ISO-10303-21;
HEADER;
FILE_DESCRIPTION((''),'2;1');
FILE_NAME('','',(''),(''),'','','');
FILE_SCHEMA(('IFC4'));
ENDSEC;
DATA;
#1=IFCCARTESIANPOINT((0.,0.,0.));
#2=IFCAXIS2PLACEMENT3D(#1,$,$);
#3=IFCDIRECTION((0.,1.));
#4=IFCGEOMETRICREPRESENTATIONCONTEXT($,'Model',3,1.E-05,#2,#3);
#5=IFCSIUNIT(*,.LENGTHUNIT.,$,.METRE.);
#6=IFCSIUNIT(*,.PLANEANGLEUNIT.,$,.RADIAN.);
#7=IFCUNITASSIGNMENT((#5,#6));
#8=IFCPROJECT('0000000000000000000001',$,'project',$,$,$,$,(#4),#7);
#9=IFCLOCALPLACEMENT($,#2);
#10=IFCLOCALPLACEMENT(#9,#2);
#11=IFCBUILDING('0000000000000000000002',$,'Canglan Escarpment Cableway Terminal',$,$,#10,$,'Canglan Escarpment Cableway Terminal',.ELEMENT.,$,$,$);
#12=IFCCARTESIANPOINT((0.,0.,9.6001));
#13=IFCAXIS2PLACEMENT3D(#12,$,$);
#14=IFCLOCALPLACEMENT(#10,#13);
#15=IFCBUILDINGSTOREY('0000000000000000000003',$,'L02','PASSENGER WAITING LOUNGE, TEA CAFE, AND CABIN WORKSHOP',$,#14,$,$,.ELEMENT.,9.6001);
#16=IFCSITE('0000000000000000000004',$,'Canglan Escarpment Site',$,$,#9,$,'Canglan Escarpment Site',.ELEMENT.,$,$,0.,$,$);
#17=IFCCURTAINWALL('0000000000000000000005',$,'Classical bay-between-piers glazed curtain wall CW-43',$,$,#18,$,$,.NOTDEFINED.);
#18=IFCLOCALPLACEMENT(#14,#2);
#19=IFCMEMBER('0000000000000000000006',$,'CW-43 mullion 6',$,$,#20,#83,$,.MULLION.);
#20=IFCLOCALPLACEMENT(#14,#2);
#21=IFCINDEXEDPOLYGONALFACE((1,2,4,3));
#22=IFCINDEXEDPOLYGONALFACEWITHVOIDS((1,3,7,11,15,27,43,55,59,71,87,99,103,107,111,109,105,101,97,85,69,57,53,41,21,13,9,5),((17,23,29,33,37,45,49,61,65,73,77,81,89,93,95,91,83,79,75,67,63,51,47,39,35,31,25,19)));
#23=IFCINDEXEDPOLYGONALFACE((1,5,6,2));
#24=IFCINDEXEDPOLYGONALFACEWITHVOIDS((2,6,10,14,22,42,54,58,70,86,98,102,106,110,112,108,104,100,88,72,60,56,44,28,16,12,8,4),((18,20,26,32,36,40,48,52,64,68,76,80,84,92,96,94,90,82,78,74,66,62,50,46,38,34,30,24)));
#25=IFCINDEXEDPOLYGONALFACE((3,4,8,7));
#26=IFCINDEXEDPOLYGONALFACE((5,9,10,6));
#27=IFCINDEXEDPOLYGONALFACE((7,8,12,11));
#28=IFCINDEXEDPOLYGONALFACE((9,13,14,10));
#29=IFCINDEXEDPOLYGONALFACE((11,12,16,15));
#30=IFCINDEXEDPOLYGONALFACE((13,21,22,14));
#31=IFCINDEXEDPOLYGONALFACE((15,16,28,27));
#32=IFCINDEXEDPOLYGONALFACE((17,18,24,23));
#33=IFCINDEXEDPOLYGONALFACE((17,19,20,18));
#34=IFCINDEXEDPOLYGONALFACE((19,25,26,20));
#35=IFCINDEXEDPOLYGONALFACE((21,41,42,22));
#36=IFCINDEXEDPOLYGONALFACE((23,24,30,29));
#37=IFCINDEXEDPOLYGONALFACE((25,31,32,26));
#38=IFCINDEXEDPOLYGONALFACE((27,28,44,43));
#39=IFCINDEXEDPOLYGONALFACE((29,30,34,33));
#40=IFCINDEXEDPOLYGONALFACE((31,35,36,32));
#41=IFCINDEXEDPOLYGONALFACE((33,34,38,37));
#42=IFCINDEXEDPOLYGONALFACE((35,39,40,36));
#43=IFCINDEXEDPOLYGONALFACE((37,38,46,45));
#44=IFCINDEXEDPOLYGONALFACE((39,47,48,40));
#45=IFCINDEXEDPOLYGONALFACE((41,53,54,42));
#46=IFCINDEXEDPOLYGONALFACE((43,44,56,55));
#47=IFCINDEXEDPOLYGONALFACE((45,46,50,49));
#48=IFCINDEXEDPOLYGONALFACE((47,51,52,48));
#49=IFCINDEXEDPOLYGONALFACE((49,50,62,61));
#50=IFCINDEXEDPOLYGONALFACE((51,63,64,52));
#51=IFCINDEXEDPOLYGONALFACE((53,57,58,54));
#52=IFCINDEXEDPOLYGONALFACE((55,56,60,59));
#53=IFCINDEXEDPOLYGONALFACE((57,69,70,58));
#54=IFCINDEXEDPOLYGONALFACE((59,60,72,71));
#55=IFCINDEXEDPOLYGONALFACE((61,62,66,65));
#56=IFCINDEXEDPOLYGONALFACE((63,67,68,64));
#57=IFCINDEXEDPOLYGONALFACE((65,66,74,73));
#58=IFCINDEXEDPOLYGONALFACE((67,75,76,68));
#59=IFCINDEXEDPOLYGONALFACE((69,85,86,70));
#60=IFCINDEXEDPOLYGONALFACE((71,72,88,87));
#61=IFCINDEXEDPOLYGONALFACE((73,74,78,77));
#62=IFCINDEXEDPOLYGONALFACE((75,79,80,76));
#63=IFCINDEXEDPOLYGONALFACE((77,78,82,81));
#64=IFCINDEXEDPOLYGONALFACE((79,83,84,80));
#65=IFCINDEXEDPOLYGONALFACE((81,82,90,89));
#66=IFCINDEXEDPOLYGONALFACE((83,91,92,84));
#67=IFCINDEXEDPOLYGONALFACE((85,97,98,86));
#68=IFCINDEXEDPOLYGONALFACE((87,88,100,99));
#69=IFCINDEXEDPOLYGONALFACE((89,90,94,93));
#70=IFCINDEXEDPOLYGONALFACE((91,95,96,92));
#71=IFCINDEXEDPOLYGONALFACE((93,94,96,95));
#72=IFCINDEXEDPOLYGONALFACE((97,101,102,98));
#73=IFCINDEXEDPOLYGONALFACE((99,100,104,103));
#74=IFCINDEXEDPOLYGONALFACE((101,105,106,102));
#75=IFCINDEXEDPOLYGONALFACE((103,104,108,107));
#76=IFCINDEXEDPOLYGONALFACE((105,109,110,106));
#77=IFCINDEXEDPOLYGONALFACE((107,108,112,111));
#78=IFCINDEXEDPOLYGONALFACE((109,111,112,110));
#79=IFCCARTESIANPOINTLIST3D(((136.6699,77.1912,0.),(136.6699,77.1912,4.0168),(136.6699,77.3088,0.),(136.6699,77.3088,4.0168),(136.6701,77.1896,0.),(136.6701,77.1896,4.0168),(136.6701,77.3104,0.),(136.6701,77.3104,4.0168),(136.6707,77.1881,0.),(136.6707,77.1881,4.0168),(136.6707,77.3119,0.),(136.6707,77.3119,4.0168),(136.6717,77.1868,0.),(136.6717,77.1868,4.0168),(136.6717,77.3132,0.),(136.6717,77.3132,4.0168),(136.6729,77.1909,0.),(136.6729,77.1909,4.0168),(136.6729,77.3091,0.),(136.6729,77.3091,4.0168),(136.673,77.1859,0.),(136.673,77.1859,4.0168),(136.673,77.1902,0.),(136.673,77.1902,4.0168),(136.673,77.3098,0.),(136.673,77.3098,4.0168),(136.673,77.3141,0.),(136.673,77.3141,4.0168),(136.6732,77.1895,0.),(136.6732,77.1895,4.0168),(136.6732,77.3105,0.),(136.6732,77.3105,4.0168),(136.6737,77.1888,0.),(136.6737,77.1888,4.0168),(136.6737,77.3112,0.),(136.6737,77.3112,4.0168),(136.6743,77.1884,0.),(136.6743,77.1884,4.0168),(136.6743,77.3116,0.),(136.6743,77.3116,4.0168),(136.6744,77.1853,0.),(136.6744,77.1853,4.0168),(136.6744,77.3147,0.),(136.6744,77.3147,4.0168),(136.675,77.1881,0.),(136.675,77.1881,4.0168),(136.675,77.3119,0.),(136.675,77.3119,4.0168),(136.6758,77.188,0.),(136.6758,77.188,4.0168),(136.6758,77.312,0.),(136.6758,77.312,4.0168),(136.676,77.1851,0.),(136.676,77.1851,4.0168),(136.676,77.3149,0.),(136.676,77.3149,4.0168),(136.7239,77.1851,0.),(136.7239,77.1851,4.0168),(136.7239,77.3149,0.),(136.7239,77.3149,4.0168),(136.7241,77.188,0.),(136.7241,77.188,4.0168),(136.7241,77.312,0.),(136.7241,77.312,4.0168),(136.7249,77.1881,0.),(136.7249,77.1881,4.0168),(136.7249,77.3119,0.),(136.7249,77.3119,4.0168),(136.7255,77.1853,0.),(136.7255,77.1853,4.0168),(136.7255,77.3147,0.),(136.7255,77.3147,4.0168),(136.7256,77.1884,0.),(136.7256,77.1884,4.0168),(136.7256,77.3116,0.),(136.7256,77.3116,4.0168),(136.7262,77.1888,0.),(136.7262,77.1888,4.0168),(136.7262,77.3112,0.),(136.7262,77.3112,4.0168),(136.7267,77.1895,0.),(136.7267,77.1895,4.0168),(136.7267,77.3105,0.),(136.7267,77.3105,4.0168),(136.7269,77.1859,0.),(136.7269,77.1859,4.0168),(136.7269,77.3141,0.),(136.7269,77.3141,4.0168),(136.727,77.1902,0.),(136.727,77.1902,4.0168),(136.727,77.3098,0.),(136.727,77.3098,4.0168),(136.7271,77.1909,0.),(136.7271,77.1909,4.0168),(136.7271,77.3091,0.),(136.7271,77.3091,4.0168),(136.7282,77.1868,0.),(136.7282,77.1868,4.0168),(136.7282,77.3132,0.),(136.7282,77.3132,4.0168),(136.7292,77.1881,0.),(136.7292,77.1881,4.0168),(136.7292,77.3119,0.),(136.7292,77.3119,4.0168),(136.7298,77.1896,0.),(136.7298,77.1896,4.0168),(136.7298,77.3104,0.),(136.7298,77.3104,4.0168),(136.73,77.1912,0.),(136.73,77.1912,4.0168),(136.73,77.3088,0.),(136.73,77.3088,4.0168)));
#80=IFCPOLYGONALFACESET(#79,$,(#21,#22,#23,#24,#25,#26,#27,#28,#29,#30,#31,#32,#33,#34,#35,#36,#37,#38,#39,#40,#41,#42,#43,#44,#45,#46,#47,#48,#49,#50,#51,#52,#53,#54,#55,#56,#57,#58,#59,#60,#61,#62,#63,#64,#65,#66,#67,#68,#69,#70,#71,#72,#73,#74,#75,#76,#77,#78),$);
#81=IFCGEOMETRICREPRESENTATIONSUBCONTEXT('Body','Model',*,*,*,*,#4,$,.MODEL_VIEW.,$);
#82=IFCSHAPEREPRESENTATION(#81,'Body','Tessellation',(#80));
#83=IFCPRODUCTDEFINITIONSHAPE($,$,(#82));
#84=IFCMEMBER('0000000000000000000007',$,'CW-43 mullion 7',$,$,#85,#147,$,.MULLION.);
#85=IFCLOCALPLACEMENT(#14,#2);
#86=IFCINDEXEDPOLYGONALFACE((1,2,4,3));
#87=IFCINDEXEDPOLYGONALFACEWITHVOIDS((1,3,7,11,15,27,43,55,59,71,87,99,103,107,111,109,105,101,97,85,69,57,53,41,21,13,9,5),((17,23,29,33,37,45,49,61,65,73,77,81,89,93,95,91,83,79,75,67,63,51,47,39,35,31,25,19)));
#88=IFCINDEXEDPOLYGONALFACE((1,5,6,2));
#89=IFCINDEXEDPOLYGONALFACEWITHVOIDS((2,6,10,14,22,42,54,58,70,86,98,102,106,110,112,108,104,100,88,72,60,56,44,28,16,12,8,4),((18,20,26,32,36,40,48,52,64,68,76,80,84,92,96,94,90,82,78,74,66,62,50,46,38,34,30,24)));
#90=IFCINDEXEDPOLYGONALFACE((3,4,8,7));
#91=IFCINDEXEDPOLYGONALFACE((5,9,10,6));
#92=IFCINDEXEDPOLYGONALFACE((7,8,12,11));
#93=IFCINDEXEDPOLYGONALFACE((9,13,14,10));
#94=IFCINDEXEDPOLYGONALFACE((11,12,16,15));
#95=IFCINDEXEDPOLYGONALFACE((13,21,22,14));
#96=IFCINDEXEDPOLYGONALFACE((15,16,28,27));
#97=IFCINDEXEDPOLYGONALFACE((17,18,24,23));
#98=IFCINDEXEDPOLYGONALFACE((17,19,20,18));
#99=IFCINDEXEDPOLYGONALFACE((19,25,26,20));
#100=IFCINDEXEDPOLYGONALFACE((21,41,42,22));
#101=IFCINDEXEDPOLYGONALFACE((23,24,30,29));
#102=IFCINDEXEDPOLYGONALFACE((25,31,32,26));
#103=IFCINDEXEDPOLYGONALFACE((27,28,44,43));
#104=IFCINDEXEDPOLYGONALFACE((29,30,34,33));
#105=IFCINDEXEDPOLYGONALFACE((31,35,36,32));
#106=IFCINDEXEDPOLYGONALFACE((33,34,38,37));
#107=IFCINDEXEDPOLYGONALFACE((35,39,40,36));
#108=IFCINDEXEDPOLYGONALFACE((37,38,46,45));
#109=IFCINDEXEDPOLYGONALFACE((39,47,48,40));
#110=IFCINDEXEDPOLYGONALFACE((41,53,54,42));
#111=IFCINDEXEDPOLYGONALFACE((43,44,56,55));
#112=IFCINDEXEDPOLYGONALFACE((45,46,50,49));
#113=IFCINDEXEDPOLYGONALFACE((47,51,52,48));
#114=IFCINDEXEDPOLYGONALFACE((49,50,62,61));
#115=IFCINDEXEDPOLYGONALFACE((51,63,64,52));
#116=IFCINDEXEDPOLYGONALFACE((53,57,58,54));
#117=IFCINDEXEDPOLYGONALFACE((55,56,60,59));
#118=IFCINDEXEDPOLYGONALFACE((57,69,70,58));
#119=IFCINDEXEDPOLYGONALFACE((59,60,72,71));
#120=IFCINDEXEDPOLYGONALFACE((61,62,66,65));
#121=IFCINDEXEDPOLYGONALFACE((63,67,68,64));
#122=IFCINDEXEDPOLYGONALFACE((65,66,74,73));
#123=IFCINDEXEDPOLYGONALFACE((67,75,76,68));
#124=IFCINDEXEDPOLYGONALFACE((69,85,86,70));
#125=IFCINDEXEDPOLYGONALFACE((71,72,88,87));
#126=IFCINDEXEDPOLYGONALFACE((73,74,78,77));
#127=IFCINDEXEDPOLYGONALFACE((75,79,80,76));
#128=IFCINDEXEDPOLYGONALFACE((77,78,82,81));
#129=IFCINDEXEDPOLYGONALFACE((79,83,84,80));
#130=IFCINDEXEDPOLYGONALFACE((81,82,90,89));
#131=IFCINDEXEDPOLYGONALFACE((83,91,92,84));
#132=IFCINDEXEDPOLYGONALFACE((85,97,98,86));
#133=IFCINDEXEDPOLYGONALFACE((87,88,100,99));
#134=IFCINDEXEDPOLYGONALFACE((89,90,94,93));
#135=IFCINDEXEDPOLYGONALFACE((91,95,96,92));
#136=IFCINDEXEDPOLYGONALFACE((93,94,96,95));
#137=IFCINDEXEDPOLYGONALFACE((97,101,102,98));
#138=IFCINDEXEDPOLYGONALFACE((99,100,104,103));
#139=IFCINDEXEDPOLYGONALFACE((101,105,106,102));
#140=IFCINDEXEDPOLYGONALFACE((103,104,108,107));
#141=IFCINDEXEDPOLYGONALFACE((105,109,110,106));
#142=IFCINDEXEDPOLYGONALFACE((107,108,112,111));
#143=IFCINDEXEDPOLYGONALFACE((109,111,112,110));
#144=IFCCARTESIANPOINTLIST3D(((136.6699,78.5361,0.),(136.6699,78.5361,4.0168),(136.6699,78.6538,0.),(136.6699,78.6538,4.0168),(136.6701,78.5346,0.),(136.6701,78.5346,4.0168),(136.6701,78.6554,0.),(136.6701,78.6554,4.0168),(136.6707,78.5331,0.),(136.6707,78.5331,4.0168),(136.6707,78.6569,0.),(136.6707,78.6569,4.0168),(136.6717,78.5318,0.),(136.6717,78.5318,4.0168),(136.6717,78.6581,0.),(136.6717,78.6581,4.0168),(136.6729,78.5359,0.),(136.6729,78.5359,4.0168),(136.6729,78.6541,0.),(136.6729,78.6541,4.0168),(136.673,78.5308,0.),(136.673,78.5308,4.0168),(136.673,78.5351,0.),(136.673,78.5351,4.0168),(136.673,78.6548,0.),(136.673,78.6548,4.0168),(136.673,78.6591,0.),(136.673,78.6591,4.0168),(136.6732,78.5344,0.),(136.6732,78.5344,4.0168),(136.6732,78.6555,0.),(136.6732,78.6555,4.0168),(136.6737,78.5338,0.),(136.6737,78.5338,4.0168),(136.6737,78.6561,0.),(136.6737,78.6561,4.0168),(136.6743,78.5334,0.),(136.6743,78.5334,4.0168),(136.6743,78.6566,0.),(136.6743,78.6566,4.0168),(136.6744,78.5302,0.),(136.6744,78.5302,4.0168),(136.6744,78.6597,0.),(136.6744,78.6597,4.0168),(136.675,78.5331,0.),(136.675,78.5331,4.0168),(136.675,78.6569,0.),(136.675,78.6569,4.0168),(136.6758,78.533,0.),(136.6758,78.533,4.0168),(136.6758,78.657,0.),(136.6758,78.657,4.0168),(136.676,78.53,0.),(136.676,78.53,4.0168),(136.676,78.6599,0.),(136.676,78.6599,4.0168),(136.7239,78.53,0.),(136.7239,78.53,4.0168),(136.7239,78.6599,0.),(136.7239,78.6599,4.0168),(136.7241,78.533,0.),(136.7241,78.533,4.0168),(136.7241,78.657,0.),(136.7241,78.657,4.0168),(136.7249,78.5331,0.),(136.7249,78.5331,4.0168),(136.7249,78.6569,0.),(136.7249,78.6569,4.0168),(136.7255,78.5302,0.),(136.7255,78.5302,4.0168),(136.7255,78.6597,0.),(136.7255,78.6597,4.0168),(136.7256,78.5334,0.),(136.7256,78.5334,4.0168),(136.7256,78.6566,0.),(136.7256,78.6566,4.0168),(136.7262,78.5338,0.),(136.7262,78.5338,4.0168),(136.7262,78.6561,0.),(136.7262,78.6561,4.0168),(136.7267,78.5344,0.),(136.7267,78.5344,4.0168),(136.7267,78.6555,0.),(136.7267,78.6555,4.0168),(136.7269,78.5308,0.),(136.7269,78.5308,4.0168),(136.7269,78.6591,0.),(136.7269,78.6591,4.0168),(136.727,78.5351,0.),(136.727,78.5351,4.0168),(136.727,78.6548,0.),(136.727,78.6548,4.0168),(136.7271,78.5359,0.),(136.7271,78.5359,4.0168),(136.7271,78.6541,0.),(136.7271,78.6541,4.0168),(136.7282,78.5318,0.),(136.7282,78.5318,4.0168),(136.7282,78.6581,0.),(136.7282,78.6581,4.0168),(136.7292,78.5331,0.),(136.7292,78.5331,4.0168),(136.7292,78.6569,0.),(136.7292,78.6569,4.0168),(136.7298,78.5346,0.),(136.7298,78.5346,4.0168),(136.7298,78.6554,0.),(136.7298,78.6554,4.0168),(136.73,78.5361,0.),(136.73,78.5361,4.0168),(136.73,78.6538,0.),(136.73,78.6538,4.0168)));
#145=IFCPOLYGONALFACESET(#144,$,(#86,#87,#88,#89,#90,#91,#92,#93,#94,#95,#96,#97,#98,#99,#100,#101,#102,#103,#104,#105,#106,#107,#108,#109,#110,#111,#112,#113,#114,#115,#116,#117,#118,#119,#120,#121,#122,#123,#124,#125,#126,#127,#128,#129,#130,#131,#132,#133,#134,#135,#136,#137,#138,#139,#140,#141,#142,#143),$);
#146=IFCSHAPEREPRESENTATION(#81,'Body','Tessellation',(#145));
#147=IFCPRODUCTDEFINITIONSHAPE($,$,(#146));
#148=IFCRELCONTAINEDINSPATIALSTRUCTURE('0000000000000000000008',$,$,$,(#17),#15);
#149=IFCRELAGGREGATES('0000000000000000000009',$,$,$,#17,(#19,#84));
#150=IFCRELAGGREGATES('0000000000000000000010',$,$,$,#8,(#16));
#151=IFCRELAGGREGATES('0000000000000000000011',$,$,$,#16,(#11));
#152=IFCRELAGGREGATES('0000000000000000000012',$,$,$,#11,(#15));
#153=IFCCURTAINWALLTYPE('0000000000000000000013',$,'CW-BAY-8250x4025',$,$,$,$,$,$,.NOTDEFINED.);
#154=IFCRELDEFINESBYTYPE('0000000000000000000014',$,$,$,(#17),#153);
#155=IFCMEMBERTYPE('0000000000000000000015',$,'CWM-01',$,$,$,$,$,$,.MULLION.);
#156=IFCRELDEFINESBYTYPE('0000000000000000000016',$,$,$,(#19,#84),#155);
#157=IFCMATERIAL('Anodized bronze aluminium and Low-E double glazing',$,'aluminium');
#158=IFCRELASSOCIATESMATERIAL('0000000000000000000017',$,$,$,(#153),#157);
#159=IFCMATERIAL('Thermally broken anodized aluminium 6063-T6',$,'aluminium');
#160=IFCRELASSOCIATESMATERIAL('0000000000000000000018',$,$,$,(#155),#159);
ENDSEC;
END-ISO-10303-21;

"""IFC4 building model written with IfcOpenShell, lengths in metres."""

from ifc_helpers import new_model, si_unit, direction, frame, origin, origin_2d, place, context, subcontext, project, spatial, hollow_rectangle, extrude, material, material_profile, profile_set, type_object, element, aggregate, save


model = new_model("IFC4")

# Units and contexts
model_context = context("Model", 3, precision=1e-05, world=origin(), true_north=direction((0.0, 1.0)))
body_context = subcontext(model_context, "Body", "Model", "MODEL_VIEW")
ifc_project = project(units=[si_unit("LENGTHUNIT", "METRE"), si_unit("PLANEANGLEUNIT", "RADIAN")], contexts=[model_context])

# Site, building, storey
site_placement = place(None, origin())
site = spatial("IfcSite", under=ifc_project, at=site_placement, Name="Canglan Escarpment Site", LongName="Canglan Escarpment Site", CompositionType="ELEMENT", RefElevation=0.0)
building_placement = place(site_placement, origin())
building = spatial("IfcBuilding", under=site, at=building_placement, Name="Canglan Escarpment Cableway Terminal", LongName="Canglan Escarpment Cableway Terminal", CompositionType="ELEMENT")
storey_placement = place(building_placement, frame((0.0, 0.0, 9.6001)))
storey = spatial("IfcBuildingStorey", under=building, at=storey_placement, Name="L02", Description="PASSENGER WAITING LOUNGE, TEA CAFE, AND CABIN WORKSHOP", CompositionType="ELEMENT", Elevation=9.6001)

# Curtain wall, members
ifc_material_1 = material(Name="Anodized bronze aluminium and Low-E double glazing", Category="aluminium")
curtain_wall_type = type_object("IfcCurtainWallType", Name="CW-BAY-8250x4025", PredefinedType="NOTDEFINED", material=ifc_material_1)
curtain_wall_placement = place(storey_placement, origin())
curtain_wall = element("IfcCurtainWall", 1, at=curtain_wall_placement, inside=storey, type_object=curtain_wall_type, Name="Classical bay-between-piers glazed curtain wall CW-43", PredefinedType="NOTDEFINED")
ifc_material_2 = material(Name="Thermally broken anodized aluminium 6063-T6", Category="aluminium")
ifc_material_profile_1 = material_profile(ifc_material_2, hollow_rectangle(XDim=0.0601, YDim=0.1299, WallThickness=0.0029, InnerFilletRadius=0.0029, OuterFilletRadius=0.0061, at=origin_2d()), Name="ALU-MULL 60x130x3")
ifc_profile_set_1 = profile_set([ifc_material_profile_1], Name="Thermally broken anodized aluminium 6063-T6")
member_type_1 = type_object("IfcMemberType", Name="CWM-01", PredefinedType="MULLION", material=ifc_profile_set_1)
member_1_placement = place(storey_placement, frame((136.7, 77.25, 0.0), z_axis=(0.0, 0.0, 1.0), x_axis=(-1.0, 0.0, 0.0)))
member_1 = element("IfcMember", 2, at=member_1_placement, type_object=member_type_1, Name="CW-43 mullion 6", PredefinedType="MULLION", context=body_context, shape_type="SweptSolid", body=[
    extrude(hollow_rectangle(XDim=0.0601, YDim=0.1299, WallThickness=0.0029, InnerFilletRadius=0.0029, OuterFilletRadius=0.0061, at=origin_2d()), origin(), (0.0, 0.0, 1.0), 4.0168),
])
member_2_placement = place(storey_placement, frame((136.7, 78.595, 0.0), z_axis=(0.0, 0.0, 1.0), x_axis=(-1.0, 0.0, 0.0)))
member_2 = element("IfcMember", 3, at=member_2_placement, type_object=member_type_1, Name="CW-43 mullion 7", PredefinedType="MULLION", context=body_context, shape_type="SweptSolid", body=[
    extrude(hollow_rectangle(XDim=0.0601, YDim=0.1299, WallThickness=0.0029, InnerFilletRadius=0.0029, OuterFilletRadius=0.0061, at=origin_2d()), origin(), (0.0, 0.0, 1.0), 4.0168),
])
aggregate(curtain_wall, [member_1, member_2])

save(model, "model.ifc")
